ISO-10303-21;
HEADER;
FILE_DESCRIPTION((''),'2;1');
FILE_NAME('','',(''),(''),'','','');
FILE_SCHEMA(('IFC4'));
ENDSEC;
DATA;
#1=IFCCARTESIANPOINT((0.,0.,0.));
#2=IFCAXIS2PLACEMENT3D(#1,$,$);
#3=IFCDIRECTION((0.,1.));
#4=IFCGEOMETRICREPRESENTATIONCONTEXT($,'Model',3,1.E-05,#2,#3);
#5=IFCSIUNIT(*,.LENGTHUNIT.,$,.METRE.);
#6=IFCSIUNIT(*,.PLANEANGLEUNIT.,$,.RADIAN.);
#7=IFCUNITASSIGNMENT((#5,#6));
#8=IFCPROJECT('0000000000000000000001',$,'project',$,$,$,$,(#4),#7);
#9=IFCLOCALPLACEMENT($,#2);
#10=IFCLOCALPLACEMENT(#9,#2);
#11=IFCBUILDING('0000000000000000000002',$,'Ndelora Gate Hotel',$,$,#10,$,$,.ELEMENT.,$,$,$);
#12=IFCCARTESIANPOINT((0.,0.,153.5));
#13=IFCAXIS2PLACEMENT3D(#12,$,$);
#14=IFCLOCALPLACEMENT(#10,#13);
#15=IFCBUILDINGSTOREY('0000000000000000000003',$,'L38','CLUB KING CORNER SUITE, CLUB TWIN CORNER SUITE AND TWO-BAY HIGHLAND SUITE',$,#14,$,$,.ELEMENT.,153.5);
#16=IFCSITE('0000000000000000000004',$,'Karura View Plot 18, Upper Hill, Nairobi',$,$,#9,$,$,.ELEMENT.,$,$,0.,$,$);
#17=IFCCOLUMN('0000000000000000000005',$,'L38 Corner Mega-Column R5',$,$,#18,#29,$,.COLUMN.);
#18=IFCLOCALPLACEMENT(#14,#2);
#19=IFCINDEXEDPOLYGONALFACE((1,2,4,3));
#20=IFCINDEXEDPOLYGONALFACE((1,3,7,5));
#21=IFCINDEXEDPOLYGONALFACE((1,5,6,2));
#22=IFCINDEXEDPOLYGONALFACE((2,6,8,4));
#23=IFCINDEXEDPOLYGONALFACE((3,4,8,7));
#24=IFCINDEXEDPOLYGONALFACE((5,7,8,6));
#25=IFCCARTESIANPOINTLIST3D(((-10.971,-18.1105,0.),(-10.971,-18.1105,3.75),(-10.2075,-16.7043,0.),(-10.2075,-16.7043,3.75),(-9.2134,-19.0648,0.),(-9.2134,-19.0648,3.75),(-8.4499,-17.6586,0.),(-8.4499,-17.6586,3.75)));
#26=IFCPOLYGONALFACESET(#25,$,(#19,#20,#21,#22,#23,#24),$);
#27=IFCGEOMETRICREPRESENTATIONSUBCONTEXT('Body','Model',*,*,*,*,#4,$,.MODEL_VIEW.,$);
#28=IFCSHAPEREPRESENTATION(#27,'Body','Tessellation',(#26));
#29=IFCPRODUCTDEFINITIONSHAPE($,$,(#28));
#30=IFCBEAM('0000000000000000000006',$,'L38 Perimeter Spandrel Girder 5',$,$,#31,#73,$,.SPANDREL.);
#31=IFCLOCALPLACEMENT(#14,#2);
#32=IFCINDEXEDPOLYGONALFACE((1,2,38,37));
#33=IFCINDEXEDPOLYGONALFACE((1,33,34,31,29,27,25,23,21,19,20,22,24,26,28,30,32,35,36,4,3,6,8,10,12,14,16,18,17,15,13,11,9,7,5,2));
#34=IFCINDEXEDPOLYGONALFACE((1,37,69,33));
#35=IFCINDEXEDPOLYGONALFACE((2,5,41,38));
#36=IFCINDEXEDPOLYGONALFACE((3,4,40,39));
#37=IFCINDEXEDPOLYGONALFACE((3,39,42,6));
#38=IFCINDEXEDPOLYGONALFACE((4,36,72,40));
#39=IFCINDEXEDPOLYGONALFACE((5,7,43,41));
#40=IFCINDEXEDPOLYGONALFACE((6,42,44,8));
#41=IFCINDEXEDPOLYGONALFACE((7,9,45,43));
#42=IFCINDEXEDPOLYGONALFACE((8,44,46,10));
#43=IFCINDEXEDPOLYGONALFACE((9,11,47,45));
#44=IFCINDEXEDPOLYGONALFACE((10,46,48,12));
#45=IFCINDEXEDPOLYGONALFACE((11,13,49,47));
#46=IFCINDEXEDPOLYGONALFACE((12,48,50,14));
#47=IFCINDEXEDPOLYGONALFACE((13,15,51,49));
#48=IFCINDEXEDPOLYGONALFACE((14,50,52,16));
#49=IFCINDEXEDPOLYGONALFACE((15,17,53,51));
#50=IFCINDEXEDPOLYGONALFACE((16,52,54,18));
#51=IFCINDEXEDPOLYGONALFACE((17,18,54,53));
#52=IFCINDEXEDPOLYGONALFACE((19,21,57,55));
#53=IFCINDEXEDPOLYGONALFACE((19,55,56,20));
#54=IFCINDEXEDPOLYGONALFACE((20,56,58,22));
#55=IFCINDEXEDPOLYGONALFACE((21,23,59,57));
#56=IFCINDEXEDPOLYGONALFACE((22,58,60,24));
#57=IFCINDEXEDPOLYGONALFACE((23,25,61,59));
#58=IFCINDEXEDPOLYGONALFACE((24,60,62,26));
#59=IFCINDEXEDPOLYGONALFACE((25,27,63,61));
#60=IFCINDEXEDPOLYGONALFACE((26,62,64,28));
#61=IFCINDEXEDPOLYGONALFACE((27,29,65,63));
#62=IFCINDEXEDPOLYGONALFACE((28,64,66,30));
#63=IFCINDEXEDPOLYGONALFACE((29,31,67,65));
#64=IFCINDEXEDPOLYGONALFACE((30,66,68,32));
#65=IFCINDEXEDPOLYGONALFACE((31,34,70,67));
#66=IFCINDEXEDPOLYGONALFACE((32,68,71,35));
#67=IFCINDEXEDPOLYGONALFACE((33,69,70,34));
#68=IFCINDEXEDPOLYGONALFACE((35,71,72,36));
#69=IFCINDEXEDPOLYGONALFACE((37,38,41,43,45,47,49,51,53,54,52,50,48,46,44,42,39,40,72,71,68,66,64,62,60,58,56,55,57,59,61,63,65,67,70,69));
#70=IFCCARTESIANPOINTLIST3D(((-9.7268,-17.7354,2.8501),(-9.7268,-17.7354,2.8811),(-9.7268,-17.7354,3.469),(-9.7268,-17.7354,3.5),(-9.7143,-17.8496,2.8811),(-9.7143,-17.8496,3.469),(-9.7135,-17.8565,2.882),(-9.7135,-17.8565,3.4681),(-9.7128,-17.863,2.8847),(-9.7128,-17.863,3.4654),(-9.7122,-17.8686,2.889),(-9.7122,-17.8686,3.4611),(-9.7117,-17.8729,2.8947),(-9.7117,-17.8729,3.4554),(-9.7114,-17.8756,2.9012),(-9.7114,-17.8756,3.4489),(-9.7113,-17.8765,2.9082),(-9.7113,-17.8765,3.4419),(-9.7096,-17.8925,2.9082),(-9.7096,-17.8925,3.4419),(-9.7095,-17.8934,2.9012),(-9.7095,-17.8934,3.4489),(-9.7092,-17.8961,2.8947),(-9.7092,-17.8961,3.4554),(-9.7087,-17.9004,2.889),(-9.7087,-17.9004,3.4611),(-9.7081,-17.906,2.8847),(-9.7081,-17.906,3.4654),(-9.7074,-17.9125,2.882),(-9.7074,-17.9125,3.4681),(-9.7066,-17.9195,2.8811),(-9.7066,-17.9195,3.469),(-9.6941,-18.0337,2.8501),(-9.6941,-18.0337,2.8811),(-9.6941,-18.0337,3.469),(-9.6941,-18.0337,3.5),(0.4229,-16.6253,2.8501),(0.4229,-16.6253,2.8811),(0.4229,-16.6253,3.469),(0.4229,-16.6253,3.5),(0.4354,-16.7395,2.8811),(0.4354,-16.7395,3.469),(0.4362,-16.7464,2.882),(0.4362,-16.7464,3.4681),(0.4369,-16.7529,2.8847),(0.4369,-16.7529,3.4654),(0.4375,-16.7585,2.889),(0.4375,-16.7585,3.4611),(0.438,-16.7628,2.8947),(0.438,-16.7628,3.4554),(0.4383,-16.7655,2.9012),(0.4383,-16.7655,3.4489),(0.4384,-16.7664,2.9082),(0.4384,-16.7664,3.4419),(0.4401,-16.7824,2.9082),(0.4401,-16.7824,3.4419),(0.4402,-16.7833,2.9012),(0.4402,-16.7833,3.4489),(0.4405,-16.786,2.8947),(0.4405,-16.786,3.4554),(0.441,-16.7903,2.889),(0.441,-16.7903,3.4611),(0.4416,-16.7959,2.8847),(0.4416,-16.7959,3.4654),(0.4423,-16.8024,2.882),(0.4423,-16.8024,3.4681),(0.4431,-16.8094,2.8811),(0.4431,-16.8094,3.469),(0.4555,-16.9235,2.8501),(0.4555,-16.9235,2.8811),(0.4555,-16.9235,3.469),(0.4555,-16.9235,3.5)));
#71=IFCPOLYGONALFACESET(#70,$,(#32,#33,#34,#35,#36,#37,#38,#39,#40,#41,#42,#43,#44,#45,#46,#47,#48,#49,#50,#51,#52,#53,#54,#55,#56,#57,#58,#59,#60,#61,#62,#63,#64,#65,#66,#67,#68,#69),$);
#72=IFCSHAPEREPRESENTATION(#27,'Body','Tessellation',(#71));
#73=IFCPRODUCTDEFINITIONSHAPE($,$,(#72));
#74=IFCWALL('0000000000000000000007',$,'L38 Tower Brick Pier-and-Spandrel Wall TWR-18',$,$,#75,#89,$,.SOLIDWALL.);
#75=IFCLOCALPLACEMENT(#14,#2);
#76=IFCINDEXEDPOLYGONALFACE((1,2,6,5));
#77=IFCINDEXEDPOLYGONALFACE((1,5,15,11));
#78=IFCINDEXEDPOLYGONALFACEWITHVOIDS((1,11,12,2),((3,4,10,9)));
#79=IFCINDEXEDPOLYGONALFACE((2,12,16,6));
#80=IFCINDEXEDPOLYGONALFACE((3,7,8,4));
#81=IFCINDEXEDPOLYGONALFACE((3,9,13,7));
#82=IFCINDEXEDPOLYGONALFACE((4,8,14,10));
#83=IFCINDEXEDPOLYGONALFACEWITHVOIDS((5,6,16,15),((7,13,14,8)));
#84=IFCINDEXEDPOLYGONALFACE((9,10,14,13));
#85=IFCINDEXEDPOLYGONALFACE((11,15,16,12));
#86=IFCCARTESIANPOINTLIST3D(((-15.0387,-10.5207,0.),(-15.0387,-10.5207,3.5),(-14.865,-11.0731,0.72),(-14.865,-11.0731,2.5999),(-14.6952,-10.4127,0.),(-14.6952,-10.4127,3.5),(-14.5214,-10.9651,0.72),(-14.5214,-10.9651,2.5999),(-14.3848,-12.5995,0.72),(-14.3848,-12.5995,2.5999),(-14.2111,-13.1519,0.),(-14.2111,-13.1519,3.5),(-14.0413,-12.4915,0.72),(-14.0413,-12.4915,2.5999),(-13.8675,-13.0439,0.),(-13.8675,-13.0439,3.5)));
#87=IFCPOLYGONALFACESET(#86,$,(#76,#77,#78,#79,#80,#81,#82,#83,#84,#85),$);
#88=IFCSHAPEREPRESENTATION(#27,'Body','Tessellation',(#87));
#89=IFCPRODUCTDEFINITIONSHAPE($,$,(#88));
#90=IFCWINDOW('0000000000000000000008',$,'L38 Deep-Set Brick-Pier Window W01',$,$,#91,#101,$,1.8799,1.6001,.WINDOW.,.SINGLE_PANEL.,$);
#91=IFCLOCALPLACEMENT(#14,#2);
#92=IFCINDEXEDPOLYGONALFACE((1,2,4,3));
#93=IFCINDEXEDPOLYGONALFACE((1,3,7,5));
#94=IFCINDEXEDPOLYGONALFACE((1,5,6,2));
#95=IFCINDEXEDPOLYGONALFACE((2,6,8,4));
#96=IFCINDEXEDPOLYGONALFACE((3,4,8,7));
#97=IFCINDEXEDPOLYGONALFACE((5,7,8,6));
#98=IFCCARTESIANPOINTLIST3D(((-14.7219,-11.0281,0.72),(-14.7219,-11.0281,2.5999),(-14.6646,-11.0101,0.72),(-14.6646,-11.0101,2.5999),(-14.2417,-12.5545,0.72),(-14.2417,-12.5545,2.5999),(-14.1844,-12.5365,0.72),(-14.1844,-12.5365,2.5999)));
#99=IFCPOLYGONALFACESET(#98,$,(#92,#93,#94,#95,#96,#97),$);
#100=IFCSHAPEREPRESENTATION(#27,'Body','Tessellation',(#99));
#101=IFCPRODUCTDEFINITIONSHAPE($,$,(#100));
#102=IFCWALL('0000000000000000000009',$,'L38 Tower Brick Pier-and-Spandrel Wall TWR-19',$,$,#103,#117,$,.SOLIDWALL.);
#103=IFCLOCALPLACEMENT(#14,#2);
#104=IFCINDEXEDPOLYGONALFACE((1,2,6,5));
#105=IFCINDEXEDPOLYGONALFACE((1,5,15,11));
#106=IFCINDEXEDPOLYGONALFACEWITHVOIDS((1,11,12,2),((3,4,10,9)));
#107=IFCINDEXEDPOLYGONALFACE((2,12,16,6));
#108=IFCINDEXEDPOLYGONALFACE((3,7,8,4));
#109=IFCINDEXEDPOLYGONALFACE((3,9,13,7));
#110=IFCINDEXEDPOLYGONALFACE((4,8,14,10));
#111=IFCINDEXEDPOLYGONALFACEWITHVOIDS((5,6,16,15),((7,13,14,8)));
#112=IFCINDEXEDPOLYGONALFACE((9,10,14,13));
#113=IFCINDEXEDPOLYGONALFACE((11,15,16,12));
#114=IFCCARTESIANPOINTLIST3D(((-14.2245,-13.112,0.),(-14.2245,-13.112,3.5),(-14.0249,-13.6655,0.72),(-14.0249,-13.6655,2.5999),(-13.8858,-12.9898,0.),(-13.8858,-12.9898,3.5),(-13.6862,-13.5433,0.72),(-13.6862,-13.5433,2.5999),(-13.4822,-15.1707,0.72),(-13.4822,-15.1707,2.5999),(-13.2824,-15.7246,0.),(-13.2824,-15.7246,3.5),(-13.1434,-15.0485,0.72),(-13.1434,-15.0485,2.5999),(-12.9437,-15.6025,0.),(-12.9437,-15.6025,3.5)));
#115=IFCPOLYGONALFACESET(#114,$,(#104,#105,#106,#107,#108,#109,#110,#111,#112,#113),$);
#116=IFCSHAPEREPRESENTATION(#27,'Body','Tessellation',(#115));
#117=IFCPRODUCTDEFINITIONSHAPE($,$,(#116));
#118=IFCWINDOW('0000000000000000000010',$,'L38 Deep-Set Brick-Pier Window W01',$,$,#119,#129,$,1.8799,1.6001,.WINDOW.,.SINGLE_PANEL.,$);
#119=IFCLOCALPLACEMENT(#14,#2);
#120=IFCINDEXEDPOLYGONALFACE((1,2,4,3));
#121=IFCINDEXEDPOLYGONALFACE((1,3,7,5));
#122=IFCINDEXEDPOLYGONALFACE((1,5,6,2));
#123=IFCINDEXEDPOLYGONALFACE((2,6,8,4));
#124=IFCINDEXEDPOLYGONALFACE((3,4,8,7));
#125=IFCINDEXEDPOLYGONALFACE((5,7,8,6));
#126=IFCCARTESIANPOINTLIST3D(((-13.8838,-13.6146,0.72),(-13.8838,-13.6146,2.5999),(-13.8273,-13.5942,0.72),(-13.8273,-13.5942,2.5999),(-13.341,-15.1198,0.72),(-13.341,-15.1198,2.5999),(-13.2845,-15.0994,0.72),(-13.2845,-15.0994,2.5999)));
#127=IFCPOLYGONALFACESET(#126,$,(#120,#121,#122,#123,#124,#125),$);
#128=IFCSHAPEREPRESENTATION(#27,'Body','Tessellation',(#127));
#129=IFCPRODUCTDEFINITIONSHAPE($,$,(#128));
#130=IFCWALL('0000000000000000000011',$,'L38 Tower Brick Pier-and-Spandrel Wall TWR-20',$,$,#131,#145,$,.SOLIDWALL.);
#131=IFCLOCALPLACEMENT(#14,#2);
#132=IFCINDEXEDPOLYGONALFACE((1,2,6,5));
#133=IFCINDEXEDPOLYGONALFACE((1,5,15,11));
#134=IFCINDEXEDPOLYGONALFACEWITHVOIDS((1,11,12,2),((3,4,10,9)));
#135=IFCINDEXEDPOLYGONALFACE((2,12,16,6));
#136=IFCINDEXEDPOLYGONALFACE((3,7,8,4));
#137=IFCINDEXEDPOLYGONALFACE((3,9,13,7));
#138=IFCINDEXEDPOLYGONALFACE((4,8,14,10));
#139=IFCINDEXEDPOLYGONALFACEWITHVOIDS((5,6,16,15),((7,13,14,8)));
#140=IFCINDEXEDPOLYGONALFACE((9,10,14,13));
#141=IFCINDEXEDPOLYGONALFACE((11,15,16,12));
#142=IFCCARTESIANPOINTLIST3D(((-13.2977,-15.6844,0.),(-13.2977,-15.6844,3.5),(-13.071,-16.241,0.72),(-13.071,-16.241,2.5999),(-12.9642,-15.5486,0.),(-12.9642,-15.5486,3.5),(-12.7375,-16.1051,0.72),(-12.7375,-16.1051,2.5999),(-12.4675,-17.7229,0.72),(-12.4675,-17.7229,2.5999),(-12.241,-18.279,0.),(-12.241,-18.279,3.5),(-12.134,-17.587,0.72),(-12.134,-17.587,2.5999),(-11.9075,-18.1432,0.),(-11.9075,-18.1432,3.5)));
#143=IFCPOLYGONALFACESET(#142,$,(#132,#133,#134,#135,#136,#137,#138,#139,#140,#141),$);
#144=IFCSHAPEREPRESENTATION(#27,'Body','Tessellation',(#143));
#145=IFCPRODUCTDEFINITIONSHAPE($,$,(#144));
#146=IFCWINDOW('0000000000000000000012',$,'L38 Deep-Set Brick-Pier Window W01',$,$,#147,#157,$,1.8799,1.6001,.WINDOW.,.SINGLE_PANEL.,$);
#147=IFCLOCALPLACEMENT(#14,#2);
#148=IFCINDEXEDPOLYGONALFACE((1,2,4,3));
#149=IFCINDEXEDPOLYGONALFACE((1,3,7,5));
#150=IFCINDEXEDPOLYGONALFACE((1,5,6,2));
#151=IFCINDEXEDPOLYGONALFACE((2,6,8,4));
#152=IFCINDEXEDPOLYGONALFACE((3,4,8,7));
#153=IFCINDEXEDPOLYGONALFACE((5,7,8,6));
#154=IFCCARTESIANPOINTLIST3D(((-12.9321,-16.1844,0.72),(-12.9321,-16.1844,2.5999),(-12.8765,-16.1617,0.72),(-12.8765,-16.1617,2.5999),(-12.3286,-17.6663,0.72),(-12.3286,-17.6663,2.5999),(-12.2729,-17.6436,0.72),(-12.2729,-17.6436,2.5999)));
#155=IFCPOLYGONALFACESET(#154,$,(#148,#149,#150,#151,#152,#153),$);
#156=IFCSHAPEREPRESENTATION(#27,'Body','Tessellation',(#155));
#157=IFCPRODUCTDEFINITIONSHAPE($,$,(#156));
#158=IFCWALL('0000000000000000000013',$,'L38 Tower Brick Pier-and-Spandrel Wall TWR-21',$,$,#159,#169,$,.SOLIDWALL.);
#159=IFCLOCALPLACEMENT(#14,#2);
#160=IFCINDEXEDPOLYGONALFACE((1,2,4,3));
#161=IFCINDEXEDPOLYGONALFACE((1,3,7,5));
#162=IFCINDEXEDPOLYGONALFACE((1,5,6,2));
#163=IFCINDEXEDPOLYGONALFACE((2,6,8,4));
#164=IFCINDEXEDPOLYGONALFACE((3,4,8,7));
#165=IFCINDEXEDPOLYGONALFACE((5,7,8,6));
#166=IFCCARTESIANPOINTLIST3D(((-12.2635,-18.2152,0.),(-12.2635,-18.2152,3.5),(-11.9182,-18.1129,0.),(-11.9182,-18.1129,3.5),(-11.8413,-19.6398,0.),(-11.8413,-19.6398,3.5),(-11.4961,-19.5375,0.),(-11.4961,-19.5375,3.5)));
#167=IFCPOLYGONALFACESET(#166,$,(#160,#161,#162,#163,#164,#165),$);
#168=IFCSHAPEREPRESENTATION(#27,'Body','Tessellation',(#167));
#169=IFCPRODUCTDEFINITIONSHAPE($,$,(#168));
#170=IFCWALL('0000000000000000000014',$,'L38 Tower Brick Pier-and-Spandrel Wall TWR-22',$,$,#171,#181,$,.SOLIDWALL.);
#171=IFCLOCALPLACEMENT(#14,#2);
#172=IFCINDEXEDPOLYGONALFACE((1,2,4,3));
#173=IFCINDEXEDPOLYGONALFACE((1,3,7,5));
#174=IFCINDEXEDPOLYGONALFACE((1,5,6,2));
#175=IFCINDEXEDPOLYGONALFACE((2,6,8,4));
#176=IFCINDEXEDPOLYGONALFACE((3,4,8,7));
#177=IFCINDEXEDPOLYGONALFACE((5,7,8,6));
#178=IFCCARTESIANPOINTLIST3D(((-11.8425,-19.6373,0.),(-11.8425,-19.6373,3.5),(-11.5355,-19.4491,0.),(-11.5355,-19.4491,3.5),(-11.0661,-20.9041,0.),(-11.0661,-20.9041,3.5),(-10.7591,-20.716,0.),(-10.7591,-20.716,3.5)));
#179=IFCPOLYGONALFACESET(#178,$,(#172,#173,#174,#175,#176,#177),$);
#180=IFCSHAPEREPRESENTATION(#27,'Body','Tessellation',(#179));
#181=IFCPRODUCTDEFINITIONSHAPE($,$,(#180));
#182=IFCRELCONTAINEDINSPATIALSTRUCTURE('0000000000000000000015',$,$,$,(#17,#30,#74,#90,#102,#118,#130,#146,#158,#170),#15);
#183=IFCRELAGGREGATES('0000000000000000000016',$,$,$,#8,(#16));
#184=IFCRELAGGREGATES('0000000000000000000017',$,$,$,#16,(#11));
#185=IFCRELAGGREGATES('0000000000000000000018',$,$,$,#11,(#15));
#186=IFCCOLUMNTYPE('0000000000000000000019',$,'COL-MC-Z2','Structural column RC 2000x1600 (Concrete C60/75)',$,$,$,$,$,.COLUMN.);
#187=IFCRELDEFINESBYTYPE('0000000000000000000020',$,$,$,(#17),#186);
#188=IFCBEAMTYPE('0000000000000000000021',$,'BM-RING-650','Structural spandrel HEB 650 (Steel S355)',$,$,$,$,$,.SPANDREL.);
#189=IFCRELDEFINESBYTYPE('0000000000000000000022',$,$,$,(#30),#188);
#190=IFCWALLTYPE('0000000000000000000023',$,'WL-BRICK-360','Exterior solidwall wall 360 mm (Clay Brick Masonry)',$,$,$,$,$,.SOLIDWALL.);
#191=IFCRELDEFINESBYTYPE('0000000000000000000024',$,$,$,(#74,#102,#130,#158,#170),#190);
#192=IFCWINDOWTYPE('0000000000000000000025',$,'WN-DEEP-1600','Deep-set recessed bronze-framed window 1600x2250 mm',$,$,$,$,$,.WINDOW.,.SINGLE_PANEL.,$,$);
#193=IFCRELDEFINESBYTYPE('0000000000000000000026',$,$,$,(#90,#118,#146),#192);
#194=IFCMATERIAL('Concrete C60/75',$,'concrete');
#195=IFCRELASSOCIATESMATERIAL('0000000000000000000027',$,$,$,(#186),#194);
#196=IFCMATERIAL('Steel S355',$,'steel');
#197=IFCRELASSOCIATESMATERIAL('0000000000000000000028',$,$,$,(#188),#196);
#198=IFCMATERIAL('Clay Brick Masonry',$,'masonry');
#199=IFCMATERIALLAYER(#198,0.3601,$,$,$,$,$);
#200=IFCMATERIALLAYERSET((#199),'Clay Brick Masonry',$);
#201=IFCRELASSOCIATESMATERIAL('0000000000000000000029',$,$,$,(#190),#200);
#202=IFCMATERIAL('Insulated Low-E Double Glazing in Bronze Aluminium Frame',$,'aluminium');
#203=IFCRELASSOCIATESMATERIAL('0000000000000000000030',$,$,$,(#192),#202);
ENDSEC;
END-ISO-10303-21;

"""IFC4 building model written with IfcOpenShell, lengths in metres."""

from ifc_helpers import new_model, si_unit, direction, frame, frame_2d, origin, origin_2d, place, context, subcontext, project, spatial, rectangle, i_section, extrude, material, layer, layer_set, material_profile, profile_set, type_object, element, fill, save


model = new_model("IFC4")

# Units and contexts
model_context = context("Model", 3, precision=1e-05, world=origin(), true_north=direction((0.0, 1.0)))
body_context = subcontext(model_context, "Body", "Model", "MODEL_VIEW")
ifc_project = project(units=[si_unit("LENGTHUNIT", "METRE"), si_unit("PLANEANGLEUNIT", "RADIAN")], contexts=[model_context])

# Site, building, storey
site_placement = place(None, origin())
site = spatial("IfcSite", under=ifc_project, at=site_placement, Name="Karura View Plot 18, Upper Hill, Nairobi", CompositionType="ELEMENT", RefElevation=0.0)
building_placement = place(site_placement, origin())
building = spatial("IfcBuilding", under=site, at=building_placement, Name="Ndelora Gate Hotel", CompositionType="ELEMENT")
storey_placement = place(building_placement, frame((0.0, 0.0, 153.5)))
storey = spatial("IfcBuildingStorey", under=building, at=storey_placement, Name="L38", Description="CLUB KING CORNER SUITE, CLUB TWIN CORNER SUITE AND TWO-BAY HIGHLAND SUITE", CompositionType="ELEMENT", Elevation=153.5)

# Column
ifc_material_1 = material(Name="Concrete C60/75", Category="concrete")
ifc_material_profile_1 = material_profile(ifc_material_1, rectangle(XDim=1.6001, YDim=2.0, at=origin_2d()), Name="RC 2000x1600")
ifc_profile_set_1 = profile_set([ifc_material_profile_1], Name="Concrete C60/75")
column_type = type_object("IfcColumnType", Name="COL-MC-Z2", Description="Structural column RC 2000x1600 (Concrete C60/75)", PredefinedType="COLUMN", material=ifc_profile_set_1)
column_placement = place(storey_placement, frame((-9.7104, -17.8845, 0.0), z_axis=(0.0, 0.0, 1.0), x_axis=(0.477159, 0.878817, 0.0)))
element("IfcColumn", 1, at=column_placement, inside=storey, type_object=column_type, Name="L38 Corner Mega-Column R5", PredefinedType="COLUMN", context=body_context, shape_type="SweptSolid", body=[
    extrude(rectangle(XDim=1.6001, YDim=2.0, at=origin_2d()), origin(), (0.0, 0.0, 1.0), 3.75),
])

# Beam
ifc_material_2 = material(Name="Steel S355", Category="steel")
ifc_material_profile_2 = material_profile(ifc_material_2, i_section(OverallWidth=0.3, OverallDepth=0.6499, WebThickness=0.0161, FlangeThickness=0.031, FilletRadius=0.0271, at=origin_2d()), Name="HEB 650")
ifc_profile_set_2 = profile_set([ifc_material_profile_2], Name="Steel S355")
beam_type = type_object("IfcBeamType", Name="BM-RING-650", Description="Structural spandrel HEB 650 (Steel S355)", PredefinedType="SPANDREL", material=ifc_profile_set_2)
beam_placement = place(storey_placement, frame((-9.7104, -17.8845, 3.175), z_axis=(0.994072, 0.108725, 0.0), x_axis=(-0.108725, 0.994072, 0.0)))
element("IfcBeam", 2, at=beam_placement, inside=storey, type_object=beam_type, Name="L38 Perimeter Spandrel Girder 5", PredefinedType="SPANDREL", context=body_context, shape_type="SweptSolid", body=[
    extrude(i_section(OverallWidth=0.3, OverallDepth=0.6499, WebThickness=0.0161, FlangeThickness=0.031, FilletRadius=0.0271, at=origin_2d()), origin(), (0.0, 0.0, 1.0), 10.2102),
])

# Walls, openings, windows
ifc_material_3 = material(Name="Clay Brick Masonry", Category="masonry")
ifc_layer_1 = layer(ifc_material_3, 0.3601)
ifc_layer_set_1 = layer_set([ifc_layer_1], Name="Clay Brick Masonry")
wall_type = type_object("IfcWallType", Name="WL-BRICK-360", Description="Exterior solidwall wall 360 mm (Clay Brick Masonry)", PredefinedType="SOLIDWALL", material=ifc_layer_set_1)
wall_1_placement = place(storey_placement, frame((-14.0393, -13.0979, 0.0), z_axis=(0.0, 0.0, 1.0), x_axis=(-0.300064, 0.953919, 0.0)))
wall_1 = element("IfcWall", 3, at=wall_1_placement, inside=storey, type_object=wall_type, Name="L38 Tower Brick Pier-and-Spandrel Wall TWR-18", PredefinedType="SOLIDWALL", context=body_context, shape_type="SweptSolid", body=[
    extrude(rectangle(XDim=2.7583, YDim=0.3601, at=frame_2d((1.3792, 0.0))), origin(), (0.0, 0.0, 1.0), 3.5),
])
opening_1_placement = place(wall_1_placement, frame((0.5791, 0.0, 0.72)))
opening_1 = element("IfcOpeningElement", 4, at=opening_1_placement, cuts=wall_1, PredefinedType="OPENING", context=body_context, shape_type="SweptSolid", body=[
    extrude(rectangle(XDim=1.6001, YDim=1.8799, at=frame_2d((0.8, 0.9399))), frame((0.0, 0.1899, 0.0), z_axis=(0.0, -1.0, 0.0), x_axis=(1.0, 0.0, 0.0)), (0.0, 0.0, 1.0), 0.3801),
])
ifc_material_4 = material(Name="Insulated Low-E Double Glazing in Bronze Aluminium Frame", Category="aluminium")
window_type_1 = type_object("IfcWindowType", Name="WN-DEEP-1600", Description="Deep-set recessed bronze-framed window 1600x2250 mm", PartitioningType="SINGLE_PANEL", PredefinedType="WINDOW", material=ifc_material_4)
window_1_placement = place(opening_1_placement, origin())
window_1 = element("IfcWindow", 5, at=window_1_placement, inside=storey, type_object=window_type_1, Name="L38 Deep-Set Brick-Pier Window W01", OverallHeight=1.8799, OverallWidth=1.6001, PartitioningType="SINGLE_PANEL", PredefinedType="WINDOW", context=body_context, shape_type="SweptSolid", body=[
    extrude(rectangle(XDim=1.6001, YDim=1.8799, at=frame_2d((0.8, 0.9399))), frame((0.0, 0.03, 0.0), z_axis=(0.0, -1.0, 0.0), x_axis=(1.0, 0.0, 0.0)), (0.0, 0.0, 1.0), 0.0601),
])
fill(opening_1, window_1)
wall_2_placement = place(storey_placement, frame((-13.113, -15.6636, 0.0), z_axis=(0.0, 0.0, 1.0), x_axis=(-0.339208, 0.940711, 0.0)))
wall_2 = element("IfcWall", 6, at=wall_2_placement, inside=storey, type_object=wall_type, Name="L38 Tower Brick Pier-and-Spandrel Wall TWR-19", PredefinedType="SOLIDWALL", context=body_context, shape_type="SweptSolid", body=[
    extrude(rectangle(XDim=2.7773, YDim=0.3601, at=frame_2d((1.3887, 0.0))), origin(), (0.0, 0.0, 1.0), 3.5),
])
opening_2_placement = place(wall_2_placement, frame((0.5889, 0.0, 0.72)))
opening_2 = element("IfcOpeningElement", 7, at=opening_2_placement, cuts=wall_2, PredefinedType="OPENING", context=body_context, shape_type="SweptSolid", body=[
    extrude(rectangle(XDim=1.6001, YDim=1.8799, at=frame_2d((0.8, 0.9399))), frame((0.0, 0.1899, 0.0), z_axis=(0.0, -1.0, 0.0), x_axis=(1.0, 0.0, 0.0)), (0.0, 0.0, 1.0), 0.3801),
])
window_2_placement = place(opening_2_placement, origin())
window_2 = element("IfcWindow", 8, at=window_2_placement, inside=storey, type_object=window_type_1, Name="L38 Deep-Set Brick-Pier Window W01", OverallHeight=1.8799, OverallWidth=1.6001, PartitioningType="SINGLE_PANEL", PredefinedType="WINDOW", context=body_context, shape_type="SweptSolid", body=[
    extrude(rectangle(XDim=1.6001, YDim=1.8799, at=frame_2d((0.8, 0.9399))), frame((0.0, 0.03, 0.0), z_axis=(0.0, -1.0, 0.0), x_axis=(1.0, 0.0, 0.0)), (0.0, 0.0, 1.0), 0.0601),
])
fill(opening_2, window_2)
wall_3_placement = place(storey_placement, frame((-12.0742, -18.2112, 0.0), z_axis=(0.0, 0.0, 1.0), x_axis=(-0.377183, 0.926139, 0.0)))
wall_3 = element("IfcWall", 9, at=wall_3_placement, inside=storey, type_object=wall_type, Name="L38 Tower Brick Pier-and-Spandrel Wall TWR-20", PredefinedType="SOLIDWALL", context=body_context, shape_type="SweptSolid", body=[
    extrude(rectangle(XDim=2.8015, YDim=0.3601, at=frame_2d((1.4009, 0.0))), origin(), (0.0, 0.0, 1.0), 3.5),
])
opening_3_placement = place(wall_3_placement, frame((0.6006, 0.0, 0.72)))
opening_3 = element("IfcOpeningElement", 10, at=opening_3_placement, cuts=wall_3, PredefinedType="OPENING", context=body_context, shape_type="SweptSolid", body=[
    extrude(rectangle(XDim=1.6001, YDim=1.8799, at=frame_2d((0.8, 0.9399))), frame((0.0, 0.1899, 0.0), z_axis=(0.0, -1.0, 0.0), x_axis=(1.0, 0.0, 0.0)), (0.0, 0.0, 1.0), 0.3801),
])
window_3_placement = place(opening_3_placement, origin())
window_3 = element("IfcWindow", 11, at=window_3_placement, inside=storey, type_object=window_type_1, Name="L38 Deep-Set Brick-Pier Window W01", OverallHeight=1.8799, OverallWidth=1.6001, PartitioningType="SINGLE_PANEL", PredefinedType="WINDOW", context=body_context, shape_type="SweptSolid", body=[
    extrude(rectangle(XDim=1.6001, YDim=1.8799, at=frame_2d((0.8, 0.9399))), frame((0.0, 0.03, 0.0), z_axis=(0.0, -1.0, 0.0), x_axis=(1.0, 0.0, 0.0)), (0.0, 0.0, 1.0), 0.0601),
])
fill(opening_3, window_3)

# Walls
for number, where, z_axis, x_axis, name in (
    (12, (-11.6687, -19.5886, 0.0), (0.0, 0.0, 1.0), (-0.284105, 0.958793, 0.0), "L38 Tower Brick Pier-and-Spandrel Wall TWR-21"),
    (13, (-10.9126, -20.8101, 0.0), (0.0, 0.0, 1.0), (-0.52252, 0.852627, 0.0), "L38 Tower Brick Pier-and-Spandrel Wall TWR-22"),
):
    element("IfcWall", number, at=place(storey_placement, frame(where, z_axis=z_axis, x_axis=x_axis)), inside=storey, type_object=wall_type, Name=name, PredefinedType="SOLIDWALL", context=body_context, shape_type="SweptSolid", body=[
        extrude(rectangle(XDim=1.4858, YDim=0.3601, at=frame_2d((0.7429, 0.0))), origin(), (0.0, 0.0, 1.0), 3.5),
    ])

save(model, "model.ifc")
